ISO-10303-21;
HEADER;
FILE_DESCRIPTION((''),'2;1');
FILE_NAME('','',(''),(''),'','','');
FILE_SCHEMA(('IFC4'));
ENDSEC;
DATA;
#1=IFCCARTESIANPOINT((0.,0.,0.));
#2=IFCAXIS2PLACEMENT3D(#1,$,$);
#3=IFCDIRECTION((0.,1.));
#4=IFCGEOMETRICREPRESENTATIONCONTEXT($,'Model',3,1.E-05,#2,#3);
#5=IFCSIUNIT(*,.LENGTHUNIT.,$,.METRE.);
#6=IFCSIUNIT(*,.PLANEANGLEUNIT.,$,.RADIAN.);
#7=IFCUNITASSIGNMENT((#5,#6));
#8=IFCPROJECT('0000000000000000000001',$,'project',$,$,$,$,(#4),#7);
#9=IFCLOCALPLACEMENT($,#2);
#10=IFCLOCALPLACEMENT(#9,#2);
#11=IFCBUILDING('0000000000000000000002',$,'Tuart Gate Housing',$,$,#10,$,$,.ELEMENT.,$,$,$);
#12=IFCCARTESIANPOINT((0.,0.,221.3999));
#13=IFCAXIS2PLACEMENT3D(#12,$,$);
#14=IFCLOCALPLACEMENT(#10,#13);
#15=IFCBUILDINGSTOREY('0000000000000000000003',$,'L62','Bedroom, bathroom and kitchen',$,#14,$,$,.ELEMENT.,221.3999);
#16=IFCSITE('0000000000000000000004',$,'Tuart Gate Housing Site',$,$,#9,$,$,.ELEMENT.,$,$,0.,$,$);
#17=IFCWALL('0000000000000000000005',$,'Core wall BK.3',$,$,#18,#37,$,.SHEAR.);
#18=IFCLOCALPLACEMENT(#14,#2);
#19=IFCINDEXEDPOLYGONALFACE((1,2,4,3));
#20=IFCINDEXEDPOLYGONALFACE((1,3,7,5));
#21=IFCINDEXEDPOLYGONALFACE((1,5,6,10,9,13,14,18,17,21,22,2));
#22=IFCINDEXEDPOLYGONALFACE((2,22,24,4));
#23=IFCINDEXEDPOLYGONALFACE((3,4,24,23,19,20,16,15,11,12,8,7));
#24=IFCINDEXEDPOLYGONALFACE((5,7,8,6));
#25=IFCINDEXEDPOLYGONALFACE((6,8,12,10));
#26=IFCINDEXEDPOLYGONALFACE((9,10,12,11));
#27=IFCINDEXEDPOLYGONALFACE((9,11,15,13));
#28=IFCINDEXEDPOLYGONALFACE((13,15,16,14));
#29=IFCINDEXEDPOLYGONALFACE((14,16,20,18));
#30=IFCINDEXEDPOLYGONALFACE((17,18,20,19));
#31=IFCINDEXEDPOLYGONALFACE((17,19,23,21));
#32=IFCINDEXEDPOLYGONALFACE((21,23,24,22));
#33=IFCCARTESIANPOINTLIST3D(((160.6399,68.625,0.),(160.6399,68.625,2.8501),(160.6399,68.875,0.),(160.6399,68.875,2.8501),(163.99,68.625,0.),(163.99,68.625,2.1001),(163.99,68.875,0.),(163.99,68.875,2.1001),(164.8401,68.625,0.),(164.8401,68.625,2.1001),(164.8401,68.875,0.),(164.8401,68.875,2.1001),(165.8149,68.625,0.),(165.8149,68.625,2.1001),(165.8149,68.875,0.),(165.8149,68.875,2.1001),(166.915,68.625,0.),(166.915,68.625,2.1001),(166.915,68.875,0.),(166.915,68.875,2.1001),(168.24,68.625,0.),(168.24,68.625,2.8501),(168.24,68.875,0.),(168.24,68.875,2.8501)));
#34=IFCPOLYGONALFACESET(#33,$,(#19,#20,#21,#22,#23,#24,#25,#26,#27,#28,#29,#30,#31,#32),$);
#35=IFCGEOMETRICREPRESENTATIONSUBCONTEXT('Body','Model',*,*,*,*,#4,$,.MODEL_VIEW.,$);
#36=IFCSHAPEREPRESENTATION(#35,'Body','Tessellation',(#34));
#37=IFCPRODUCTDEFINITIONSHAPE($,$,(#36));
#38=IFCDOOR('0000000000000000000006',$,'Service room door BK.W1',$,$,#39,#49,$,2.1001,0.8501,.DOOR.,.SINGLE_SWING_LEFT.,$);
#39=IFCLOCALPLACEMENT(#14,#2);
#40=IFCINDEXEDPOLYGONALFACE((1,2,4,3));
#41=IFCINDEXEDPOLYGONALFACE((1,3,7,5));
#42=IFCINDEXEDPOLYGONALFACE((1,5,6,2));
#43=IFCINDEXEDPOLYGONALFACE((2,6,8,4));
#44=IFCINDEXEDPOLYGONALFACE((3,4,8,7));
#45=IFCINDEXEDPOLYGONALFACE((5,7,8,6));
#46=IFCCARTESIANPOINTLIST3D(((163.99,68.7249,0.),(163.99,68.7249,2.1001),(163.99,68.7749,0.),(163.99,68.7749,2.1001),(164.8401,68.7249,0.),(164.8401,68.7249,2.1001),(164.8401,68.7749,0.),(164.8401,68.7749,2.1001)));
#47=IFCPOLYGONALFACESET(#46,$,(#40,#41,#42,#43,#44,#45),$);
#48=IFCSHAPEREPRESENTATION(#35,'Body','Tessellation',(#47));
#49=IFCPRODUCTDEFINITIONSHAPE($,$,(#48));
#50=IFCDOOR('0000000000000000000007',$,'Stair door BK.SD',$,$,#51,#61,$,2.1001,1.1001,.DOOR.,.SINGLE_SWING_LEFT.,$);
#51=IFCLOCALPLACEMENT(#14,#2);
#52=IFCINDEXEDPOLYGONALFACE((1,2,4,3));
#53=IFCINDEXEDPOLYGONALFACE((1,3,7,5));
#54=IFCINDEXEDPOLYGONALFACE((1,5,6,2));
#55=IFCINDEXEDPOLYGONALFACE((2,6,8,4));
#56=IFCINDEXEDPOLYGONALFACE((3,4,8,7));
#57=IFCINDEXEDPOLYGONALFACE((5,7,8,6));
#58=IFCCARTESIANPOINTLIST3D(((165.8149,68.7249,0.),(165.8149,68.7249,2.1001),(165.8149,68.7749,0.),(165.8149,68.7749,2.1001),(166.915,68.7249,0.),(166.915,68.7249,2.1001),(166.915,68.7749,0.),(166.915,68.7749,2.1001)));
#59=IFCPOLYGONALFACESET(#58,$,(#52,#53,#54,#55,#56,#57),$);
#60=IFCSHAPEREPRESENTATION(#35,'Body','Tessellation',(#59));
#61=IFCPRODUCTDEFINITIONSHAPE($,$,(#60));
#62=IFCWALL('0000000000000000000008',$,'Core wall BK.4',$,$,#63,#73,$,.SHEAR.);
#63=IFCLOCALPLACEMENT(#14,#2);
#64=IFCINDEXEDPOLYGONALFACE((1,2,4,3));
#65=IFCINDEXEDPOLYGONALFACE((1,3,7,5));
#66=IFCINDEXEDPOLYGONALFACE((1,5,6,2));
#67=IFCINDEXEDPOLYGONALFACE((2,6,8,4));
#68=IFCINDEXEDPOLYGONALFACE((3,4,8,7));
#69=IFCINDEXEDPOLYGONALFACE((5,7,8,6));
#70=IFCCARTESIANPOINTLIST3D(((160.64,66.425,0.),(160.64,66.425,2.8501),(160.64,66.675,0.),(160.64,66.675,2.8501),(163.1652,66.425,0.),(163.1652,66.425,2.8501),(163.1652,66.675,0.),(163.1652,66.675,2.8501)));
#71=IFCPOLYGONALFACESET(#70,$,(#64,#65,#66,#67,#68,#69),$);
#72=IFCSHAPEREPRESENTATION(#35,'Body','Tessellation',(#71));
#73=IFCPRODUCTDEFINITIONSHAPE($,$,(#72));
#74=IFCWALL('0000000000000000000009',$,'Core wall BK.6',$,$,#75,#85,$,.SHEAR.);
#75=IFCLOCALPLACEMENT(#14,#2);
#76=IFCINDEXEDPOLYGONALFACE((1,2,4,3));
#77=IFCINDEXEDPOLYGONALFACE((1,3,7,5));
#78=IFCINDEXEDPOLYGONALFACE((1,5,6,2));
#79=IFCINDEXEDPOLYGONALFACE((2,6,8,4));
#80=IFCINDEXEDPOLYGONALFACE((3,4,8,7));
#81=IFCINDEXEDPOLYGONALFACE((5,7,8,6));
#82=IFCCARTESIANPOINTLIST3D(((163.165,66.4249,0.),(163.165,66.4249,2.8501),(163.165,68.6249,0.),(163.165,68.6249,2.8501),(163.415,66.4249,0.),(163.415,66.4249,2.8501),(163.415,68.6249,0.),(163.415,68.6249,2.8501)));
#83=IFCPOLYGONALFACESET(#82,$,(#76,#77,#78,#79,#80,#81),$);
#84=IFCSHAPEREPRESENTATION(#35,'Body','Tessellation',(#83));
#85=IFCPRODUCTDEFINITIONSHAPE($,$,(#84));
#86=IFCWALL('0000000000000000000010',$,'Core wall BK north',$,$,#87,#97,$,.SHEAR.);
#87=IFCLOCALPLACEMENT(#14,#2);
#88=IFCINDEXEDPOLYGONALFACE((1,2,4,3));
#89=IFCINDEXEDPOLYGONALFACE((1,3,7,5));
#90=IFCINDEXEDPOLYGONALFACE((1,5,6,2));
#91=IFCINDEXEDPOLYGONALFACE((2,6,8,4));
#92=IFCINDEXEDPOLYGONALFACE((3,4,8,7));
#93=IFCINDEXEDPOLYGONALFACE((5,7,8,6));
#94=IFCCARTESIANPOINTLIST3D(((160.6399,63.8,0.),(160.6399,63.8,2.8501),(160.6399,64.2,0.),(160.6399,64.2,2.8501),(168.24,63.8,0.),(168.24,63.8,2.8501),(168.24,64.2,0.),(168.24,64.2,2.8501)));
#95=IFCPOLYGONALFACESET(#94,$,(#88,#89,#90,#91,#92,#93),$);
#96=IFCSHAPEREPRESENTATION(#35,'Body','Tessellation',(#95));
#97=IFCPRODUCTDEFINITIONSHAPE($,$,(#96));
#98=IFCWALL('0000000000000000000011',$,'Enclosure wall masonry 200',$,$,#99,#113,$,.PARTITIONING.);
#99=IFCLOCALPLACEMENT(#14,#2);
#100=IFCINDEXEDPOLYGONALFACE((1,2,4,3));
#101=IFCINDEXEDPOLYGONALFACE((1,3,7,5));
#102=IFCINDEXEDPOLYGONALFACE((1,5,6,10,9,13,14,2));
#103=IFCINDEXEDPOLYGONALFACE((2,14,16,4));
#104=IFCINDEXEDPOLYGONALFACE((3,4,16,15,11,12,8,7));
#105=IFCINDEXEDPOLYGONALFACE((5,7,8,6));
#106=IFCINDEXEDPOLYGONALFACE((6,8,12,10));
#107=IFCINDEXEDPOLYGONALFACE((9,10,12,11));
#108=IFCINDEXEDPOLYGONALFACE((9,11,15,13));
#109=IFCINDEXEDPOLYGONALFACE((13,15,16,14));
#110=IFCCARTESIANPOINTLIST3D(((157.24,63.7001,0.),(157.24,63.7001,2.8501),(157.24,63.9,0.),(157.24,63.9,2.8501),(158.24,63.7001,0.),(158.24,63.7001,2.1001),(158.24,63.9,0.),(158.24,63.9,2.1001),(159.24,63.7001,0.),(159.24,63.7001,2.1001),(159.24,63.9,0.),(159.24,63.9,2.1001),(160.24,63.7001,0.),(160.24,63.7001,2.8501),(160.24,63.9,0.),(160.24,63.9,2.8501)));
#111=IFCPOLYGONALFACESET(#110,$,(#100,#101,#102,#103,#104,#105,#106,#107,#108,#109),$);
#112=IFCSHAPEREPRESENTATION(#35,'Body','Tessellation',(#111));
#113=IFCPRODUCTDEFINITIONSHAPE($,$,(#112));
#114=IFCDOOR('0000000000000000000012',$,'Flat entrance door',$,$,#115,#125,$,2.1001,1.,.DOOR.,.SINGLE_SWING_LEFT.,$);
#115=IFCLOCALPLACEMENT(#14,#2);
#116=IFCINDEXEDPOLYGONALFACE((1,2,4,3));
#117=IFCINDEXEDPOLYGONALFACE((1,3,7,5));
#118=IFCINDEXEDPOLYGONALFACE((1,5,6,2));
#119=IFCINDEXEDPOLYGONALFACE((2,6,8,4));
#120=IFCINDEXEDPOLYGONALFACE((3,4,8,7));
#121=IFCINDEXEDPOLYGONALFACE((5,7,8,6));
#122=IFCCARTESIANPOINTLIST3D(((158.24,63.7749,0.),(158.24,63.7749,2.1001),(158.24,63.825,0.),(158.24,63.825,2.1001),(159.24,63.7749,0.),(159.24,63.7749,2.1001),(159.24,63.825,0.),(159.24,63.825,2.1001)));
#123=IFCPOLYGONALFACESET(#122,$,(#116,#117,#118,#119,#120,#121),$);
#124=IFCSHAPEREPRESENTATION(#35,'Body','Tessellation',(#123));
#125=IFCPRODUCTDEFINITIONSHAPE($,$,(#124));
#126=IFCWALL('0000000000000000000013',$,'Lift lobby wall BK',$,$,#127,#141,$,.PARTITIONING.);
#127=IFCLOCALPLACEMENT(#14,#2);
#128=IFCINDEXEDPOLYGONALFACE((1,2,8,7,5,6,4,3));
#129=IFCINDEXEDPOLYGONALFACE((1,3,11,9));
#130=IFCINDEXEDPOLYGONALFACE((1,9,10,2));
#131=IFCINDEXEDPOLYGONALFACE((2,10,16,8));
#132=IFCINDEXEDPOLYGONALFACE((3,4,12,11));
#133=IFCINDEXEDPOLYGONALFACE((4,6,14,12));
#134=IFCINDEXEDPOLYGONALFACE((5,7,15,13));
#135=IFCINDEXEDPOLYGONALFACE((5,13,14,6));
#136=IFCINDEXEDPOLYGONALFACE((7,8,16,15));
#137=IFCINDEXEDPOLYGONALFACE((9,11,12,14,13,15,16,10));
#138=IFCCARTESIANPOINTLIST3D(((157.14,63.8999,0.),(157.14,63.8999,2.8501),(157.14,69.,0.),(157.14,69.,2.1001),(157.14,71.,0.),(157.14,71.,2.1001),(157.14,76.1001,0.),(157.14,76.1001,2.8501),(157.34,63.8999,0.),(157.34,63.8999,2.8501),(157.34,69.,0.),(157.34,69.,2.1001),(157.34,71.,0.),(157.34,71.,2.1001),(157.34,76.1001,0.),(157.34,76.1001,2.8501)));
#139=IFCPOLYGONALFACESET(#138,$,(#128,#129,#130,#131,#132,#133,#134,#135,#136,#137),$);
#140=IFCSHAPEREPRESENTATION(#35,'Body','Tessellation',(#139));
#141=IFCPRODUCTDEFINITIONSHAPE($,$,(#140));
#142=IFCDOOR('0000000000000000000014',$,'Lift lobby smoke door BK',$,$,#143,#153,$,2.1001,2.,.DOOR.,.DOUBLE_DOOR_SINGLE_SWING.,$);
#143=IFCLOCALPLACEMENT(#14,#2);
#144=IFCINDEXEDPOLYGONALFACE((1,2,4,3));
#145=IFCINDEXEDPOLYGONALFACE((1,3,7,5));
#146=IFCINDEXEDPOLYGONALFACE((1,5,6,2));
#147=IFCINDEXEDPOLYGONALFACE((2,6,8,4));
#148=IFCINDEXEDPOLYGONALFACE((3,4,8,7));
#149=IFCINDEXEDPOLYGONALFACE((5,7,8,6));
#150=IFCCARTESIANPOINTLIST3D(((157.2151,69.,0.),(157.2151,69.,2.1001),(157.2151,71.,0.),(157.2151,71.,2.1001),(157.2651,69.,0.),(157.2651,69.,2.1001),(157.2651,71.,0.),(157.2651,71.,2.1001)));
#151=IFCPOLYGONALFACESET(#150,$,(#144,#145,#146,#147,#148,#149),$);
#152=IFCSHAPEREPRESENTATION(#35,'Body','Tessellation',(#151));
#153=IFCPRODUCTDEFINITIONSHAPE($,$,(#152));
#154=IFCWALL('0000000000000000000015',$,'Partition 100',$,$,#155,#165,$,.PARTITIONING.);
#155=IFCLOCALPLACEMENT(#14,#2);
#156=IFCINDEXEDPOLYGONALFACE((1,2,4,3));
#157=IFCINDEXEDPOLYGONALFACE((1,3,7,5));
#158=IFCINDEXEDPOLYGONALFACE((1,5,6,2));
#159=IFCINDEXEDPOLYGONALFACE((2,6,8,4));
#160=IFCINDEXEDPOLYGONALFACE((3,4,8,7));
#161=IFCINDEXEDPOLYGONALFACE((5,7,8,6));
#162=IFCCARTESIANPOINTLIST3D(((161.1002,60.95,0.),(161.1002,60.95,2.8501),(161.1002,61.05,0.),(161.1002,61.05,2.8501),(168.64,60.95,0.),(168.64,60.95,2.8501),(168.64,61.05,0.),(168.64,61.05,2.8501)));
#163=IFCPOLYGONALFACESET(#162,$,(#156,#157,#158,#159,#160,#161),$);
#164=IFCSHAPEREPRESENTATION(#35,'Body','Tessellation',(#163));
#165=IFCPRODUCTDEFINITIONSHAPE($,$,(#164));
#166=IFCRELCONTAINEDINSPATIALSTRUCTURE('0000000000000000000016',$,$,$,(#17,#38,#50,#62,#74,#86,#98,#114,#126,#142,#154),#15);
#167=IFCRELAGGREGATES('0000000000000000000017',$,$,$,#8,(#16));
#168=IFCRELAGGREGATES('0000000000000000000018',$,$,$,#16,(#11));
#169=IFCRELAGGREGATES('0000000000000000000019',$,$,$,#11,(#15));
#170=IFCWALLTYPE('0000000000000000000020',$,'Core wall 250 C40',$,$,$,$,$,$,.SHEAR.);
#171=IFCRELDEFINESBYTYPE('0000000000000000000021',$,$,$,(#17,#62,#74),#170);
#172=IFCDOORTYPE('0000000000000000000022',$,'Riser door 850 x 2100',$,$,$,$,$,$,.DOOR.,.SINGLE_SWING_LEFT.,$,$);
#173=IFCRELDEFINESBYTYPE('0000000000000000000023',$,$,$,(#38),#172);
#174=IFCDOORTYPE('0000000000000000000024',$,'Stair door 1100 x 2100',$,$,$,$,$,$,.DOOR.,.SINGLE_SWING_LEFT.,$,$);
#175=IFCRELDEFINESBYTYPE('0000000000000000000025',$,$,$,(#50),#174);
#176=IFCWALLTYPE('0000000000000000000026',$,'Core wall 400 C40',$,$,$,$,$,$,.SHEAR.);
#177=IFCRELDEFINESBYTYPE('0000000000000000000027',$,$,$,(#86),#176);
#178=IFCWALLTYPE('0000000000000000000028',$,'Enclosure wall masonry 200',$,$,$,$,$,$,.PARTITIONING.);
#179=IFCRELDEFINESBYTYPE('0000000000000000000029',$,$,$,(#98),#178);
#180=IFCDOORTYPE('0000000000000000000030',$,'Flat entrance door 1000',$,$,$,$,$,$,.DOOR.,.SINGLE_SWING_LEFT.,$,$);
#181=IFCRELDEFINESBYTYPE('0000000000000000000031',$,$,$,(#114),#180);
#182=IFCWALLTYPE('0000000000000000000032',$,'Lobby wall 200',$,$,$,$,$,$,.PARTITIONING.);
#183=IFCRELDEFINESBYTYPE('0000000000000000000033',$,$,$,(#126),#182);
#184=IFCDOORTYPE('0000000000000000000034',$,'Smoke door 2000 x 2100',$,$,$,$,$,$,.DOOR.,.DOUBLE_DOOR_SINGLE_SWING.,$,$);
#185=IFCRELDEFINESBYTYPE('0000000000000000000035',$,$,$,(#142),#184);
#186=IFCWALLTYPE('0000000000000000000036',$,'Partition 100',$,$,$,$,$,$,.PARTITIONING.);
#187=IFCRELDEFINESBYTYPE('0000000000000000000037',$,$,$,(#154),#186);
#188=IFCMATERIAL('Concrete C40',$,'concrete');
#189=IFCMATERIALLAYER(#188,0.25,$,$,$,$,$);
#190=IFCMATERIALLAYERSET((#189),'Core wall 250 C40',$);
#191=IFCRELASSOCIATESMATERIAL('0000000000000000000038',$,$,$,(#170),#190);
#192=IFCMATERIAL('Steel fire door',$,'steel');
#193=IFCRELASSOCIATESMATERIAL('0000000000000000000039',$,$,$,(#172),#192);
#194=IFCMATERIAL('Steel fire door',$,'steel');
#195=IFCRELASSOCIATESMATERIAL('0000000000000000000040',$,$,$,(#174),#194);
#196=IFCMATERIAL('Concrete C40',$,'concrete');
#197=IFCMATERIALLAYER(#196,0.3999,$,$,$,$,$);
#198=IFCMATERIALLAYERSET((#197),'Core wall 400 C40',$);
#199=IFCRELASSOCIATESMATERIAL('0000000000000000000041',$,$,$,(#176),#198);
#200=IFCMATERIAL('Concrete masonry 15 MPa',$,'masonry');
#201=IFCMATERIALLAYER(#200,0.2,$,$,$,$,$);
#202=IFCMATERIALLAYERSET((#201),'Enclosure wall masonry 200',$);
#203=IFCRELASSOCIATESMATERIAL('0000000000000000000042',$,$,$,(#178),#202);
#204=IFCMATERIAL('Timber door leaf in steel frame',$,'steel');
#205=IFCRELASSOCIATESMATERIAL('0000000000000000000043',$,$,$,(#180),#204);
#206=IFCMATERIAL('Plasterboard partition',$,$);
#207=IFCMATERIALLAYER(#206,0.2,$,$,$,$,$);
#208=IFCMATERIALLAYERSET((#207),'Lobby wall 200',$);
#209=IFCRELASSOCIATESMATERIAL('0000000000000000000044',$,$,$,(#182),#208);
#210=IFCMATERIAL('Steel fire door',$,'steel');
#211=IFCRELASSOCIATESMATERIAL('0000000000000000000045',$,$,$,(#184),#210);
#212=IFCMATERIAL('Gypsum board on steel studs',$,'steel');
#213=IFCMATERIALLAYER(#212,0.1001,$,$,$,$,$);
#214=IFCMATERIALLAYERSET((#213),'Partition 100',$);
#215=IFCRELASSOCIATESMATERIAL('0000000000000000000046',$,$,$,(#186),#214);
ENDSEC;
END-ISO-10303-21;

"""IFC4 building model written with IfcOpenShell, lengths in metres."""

from ifc_helpers import new_model, si_unit, direction, frame, frame_2d, origin, place, context, subcontext, project, spatial, rectangle, extrude, material, layer, layer_set, type_object, element, fill, save


model = new_model("IFC4")

# Units and contexts
model_context = context("Model", 3, precision=1e-05, world=origin(), true_north=direction((0.0, 1.0)))
body_context = subcontext(model_context, "Body", "Model", "MODEL_VIEW")
ifc_project = project(units=[si_unit("LENGTHUNIT", "METRE"), si_unit("PLANEANGLEUNIT", "RADIAN")], contexts=[model_context])

# Site, building, storey
site_placement = place(None, origin())
site = spatial("IfcSite", under=ifc_project, at=site_placement, Name="Tuart Gate Housing Site", CompositionType="ELEMENT", RefElevation=0.0)
building_placement = place(site_placement, origin())
building = spatial("IfcBuilding", under=site, at=building_placement, Name="Tuart Gate Housing", CompositionType="ELEMENT")
storey_placement = place(building_placement, frame((0.0, 0.0, 221.3999)))
storey = spatial("IfcBuildingStorey", under=building, at=storey_placement, Name="L62", Description="Bedroom, bathroom and kitchen", CompositionType="ELEMENT", Elevation=221.3999)

# Wall, openings, doors
ifc_material_1 = material(Name="Concrete C40", Category="concrete")
ifc_layer_1 = layer(ifc_material_1, 0.25)
ifc_layer_set_1 = layer_set([ifc_layer_1], Name="Core wall 250 C40")
wall_type_1 = type_object("IfcWallType", Name="Core wall 250 C40", PredefinedType="SHEAR", material=ifc_layer_set_1)
wall_1_placement = place(storey_placement, frame((160.6399, 68.75, 0.0), z_axis=(0.0, 0.0, 1.0), x_axis=(1.0, 0.0, 0.0)))
wall_1 = element("IfcWall", 1, at=wall_1_placement, inside=storey, type_object=wall_type_1, Name="Core wall BK.3", PredefinedType="SHEAR", context=body_context, shape_type="SweptSolid", body=[
    extrude(rectangle(XDim=7.6001, YDim=0.25, at=frame_2d((3.8, 0.0))), origin(), (0.0, 0.0, 1.0), 2.8501),
])
opening_1_placement = place(wall_1_placement, frame((5.175, 0.0, 0.0)))
opening_1 = element("IfcOpeningElement", 2, at=opening_1_placement, cuts=wall_1, PredefinedType="OPENING", context=body_context, shape_type="SweptSolid", body=[
    extrude(rectangle(XDim=1.1001, YDim=2.1001, at=frame_2d((0.55, 1.05))), frame((0.0, 0.135, 0.0), z_axis=(0.0, -1.0, 0.0), x_axis=(1.0, 0.0, 0.0)), (0.0, 0.0, 1.0), 0.27),
])
opening_2_placement = place(wall_1_placement, frame((3.3501, 0.0, 0.0)))
opening_2 = element("IfcOpeningElement", 3, at=opening_2_placement, cuts=wall_1, PredefinedType="OPENING", context=body_context, shape_type="SweptSolid", body=[
    extrude(rectangle(XDim=0.8501, YDim=2.1001, at=frame_2d((0.425, 1.05))), frame((0.0, 0.135, 0.0), z_axis=(0.0, -1.0, 0.0), x_axis=(1.0, 0.0, 0.0)), (0.0, 0.0, 1.0), 0.27),
])
ifc_material_2 = material(Name="Steel fire door", Category="steel")
door_type_1 = type_object("IfcDoorType", Name="Riser door 850 x 2100", OperationType="SINGLE_SWING_LEFT", PredefinedType="DOOR", material=ifc_material_2)
door_1_placement = place(opening_2_placement, origin())
door_1 = element("IfcDoor", 4, at=door_1_placement, inside=storey, type_object=door_type_1, Name="Service room door BK.W1", OperationType="SINGLE_SWING_LEFT", OverallHeight=2.1001, OverallWidth=0.8501, PredefinedType="DOOR", context=body_context, shape_type="SweptSolid", body=[
    extrude(rectangle(XDim=0.8501, YDim=2.1001, at=frame_2d((0.425, 1.05))), frame((0.0, 0.0249, 0.0), z_axis=(0.0, -1.0, 0.0), x_axis=(1.0, 0.0, 0.0)), (0.0, 0.0, 1.0), 0.05),
])
fill(opening_2, door_1)
ifc_material_3 = material(Name="Steel fire door", Category="steel")
door_type_2 = type_object("IfcDoorType", Name="Stair door 1100 x 2100", OperationType="SINGLE_SWING_LEFT", PredefinedType="DOOR", material=ifc_material_3)
door_2_placement = place(opening_1_placement, origin())
door_2 = element("IfcDoor", 5, at=door_2_placement, inside=storey, type_object=door_type_2, Name="Stair door BK.SD", OperationType="SINGLE_SWING_LEFT", OverallHeight=2.1001, OverallWidth=1.1001, PredefinedType="DOOR", context=body_context, shape_type="SweptSolid", body=[
    extrude(rectangle(XDim=1.1001, YDim=2.1001, at=frame_2d((0.55, 1.05))), frame((0.0, 0.0249, 0.0), z_axis=(0.0, -1.0, 0.0), x_axis=(1.0, 0.0, 0.0)), (0.0, 0.0, 1.0), 0.05),
])
fill(opening_1, door_2)

# Walls
wall_2_placement = place(storey_placement, frame((160.6399, 66.55, 0.0), z_axis=(0.0, 0.0, 1.0), x_axis=(1.0, 0.0, 0.0)))
element("IfcWall", 6, at=wall_2_placement, inside=storey, type_object=wall_type_1, Name="Core wall BK.4", PredefinedType="SHEAR", context=body_context, shape_type="SweptSolid", body=[
    extrude(rectangle(XDim=2.5251, YDim=0.25, at=frame_2d((1.2627, 0.0))), origin(), (0.0, 0.0, 1.0), 2.8501),
])
wall_3_placement = place(storey_placement, frame((163.29, 68.625, 0.0), z_axis=(0.0, 0.0, 1.0), x_axis=(0.0, -1.0, 0.0)))
element("IfcWall", 7, at=wall_3_placement, inside=storey, type_object=wall_type_1, Name="Core wall BK.6", PredefinedType="SHEAR", context=body_context, shape_type="SweptSolid", body=[
    extrude(rectangle(XDim=2.2, YDim=0.25, at=frame_2d((1.1001, 0.0))), origin(), (0.0, 0.0, 1.0), 2.8501),
])
ifc_material_4 = material(Name="Concrete C40", Category="concrete")
ifc_layer_2 = layer(ifc_material_4, 0.3999)
ifc_layer_set_2 = layer_set([ifc_layer_2], Name="Core wall 400 C40")
wall_type_2 = type_object("IfcWallType", Name="Core wall 400 C40", PredefinedType="SHEAR", material=ifc_layer_set_2)
wall_4_placement = place(storey_placement, frame((160.6399, 64.0, 0.0), z_axis=(0.0, 0.0, 1.0), x_axis=(1.0, 0.0, 0.0)))
element("IfcWall", 8, at=wall_4_placement, inside=storey, type_object=wall_type_2, Name="Core wall BK north", PredefinedType="SHEAR", context=body_context, shape_type="SweptSolid", body=[
    extrude(rectangle(XDim=7.6001, YDim=0.3999, at=frame_2d((3.8, 0.0))), origin(), (0.0, 0.0, 1.0), 2.8501),
])

# Walls, openings, doors
ifc_material_5 = material(Name="Concrete masonry 15 MPa", Category="masonry")
ifc_layer_3 = layer(ifc_material_5, 0.2)
ifc_layer_set_3 = layer_set([ifc_layer_3], Name="Enclosure wall masonry 200")
wall_type_3 = type_object("IfcWallType", Name="Enclosure wall masonry 200", PredefinedType="PARTITIONING", material=ifc_layer_set_3)
wall_5_placement = place(storey_placement, frame((157.24, 63.8, 0.0), z_axis=(0.0, 0.0, 1.0), x_axis=(1.0, 0.0, 0.0)))
wall_5 = element("IfcWall", 9, at=wall_5_placement, inside=storey, type_object=wall_type_3, Name="Enclosure wall masonry 200", PredefinedType="PARTITIONING", context=body_context, shape_type="SweptSolid", body=[
    extrude(rectangle(XDim=3.0, YDim=0.2, at=frame_2d((1.5, 0.0))), origin(), (0.0, 0.0, 1.0), 2.8501),
])
opening_3_placement = place(wall_5_placement, frame((1.0, 0.0, 0.0)))
opening_3 = element("IfcOpeningElement", 10, at=opening_3_placement, cuts=wall_5, PredefinedType="OPENING", context=body_context, shape_type="SweptSolid", body=[
    extrude(rectangle(XDim=1.0, YDim=2.1001, at=frame_2d((0.5, 1.05))), frame((0.0, 0.1099, 0.0), z_axis=(0.0, -1.0, 0.0), x_axis=(1.0, 0.0, 0.0)), (0.0, 0.0, 1.0), 0.22),
])
ifc_material_6 = material(Name="Timber door leaf in steel frame", Category="steel")
door_type_3 = type_object("IfcDoorType", Name="Flat entrance door 1000", OperationType="SINGLE_SWING_LEFT", PredefinedType="DOOR", material=ifc_material_6)
door_3_placement = place(opening_3_placement, frame((1.0, 0.0, 0.0), z_axis=(0.0, 0.0, 1.0), x_axis=(-1.0, 0.0, 0.0)))
door_3 = element("IfcDoor", 11, at=door_3_placement, inside=storey, type_object=door_type_3, Name="Flat entrance door", OperationType="SINGLE_SWING_LEFT", OverallHeight=2.1001, OverallWidth=1.0, PredefinedType="DOOR", context=body_context, shape_type="SweptSolid", body=[
    extrude(rectangle(XDim=1.0, YDim=2.1001, at=frame_2d((0.5, 1.05))), frame((0.0, 0.0251, 0.0), z_axis=(0.0, -1.0, 0.0), x_axis=(1.0, 0.0, 0.0)), (0.0, 0.0, 1.0), 0.05),
])
fill(opening_3, door_3)
ifc_material_7 = material(Name="Plasterboard partition")
ifc_layer_4 = layer(ifc_material_7, 0.2)
ifc_layer_set_4 = layer_set([ifc_layer_4], Name="Lobby wall 200")
wall_type_4 = type_object("IfcWallType", Name="Lobby wall 200", PredefinedType="PARTITIONING", material=ifc_layer_set_4)
wall_6_placement = place(storey_placement, frame((157.24, 63.8999, 0.0), z_axis=(0.0, 0.0, 1.0), x_axis=(0.0, 1.0, 0.0)))
wall_6 = element("IfcWall", 12, at=wall_6_placement, inside=storey, type_object=wall_type_4, Name="Lift lobby wall BK", PredefinedType="PARTITIONING", context=body_context, shape_type="SweptSolid", body=[
    extrude(rectangle(XDim=12.2002, YDim=0.2, at=frame_2d((6.1001, 0.0))), origin(), (0.0, 0.0, 1.0), 2.8501),
])
opening_4_placement = place(wall_6_placement, frame((5.1001, 0.0, 0.0)))
opening_4 = element("IfcOpeningElement", 13, at=opening_4_placement, cuts=wall_6, PredefinedType="OPENING", context=body_context, shape_type="SweptSolid", body=[
    extrude(rectangle(XDim=2.0, YDim=2.1001, at=frame_2d((1.0, 1.05))), frame((0.0, 0.1099, 0.0), z_axis=(0.0, -1.0, 0.0), x_axis=(1.0, 0.0, 0.0)), (0.0, 0.0, 1.0), 0.22),
])
ifc_material_8 = material(Name="Steel fire door", Category="steel")
door_type_4 = type_object("IfcDoorType", Name="Smoke door 2000 x 2100", OperationType="DOUBLE_DOOR_SINGLE_SWING", PredefinedType="DOOR", material=ifc_material_8)
door_4_placement = place(opening_4_placement, frame((2.0, 0.0, 0.0), z_axis=(0.0, 0.0, 1.0), x_axis=(-1.0, 0.0, 0.0)))
door_4 = element("IfcDoor", 14, at=door_4_placement, inside=storey, type_object=door_type_4, Name="Lift lobby smoke door BK", OperationType="DOUBLE_DOOR_SINGLE_SWING", OverallHeight=2.1001, OverallWidth=2.0, PredefinedType="DOOR", context=body_context, shape_type="SweptSolid", body=[
    extrude(rectangle(XDim=2.0, YDim=2.1001, at=frame_2d((1.0, 1.05))), frame((0.0, 0.0251, 0.0), z_axis=(0.0, -1.0, 0.0), x_axis=(1.0, 0.0, 0.0)), (0.0, 0.0, 1.0), 0.05),
])
fill(opening_4, door_4)

# Wall
ifc_material_9 = material(Name="Gypsum board on steel studs", Category="steel")
ifc_layer_5 = layer(ifc_material_9, 0.1001)
ifc_layer_set_5 = layer_set([ifc_layer_5], Name="Partition 100")
wall_type_5 = type_object("IfcWallType", Name="Partition 100", PredefinedType="PARTITIONING", material=ifc_layer_set_5)
wall_7_placement = place(storey_placement, frame((161.1001, 61.0, 0.0), z_axis=(0.0, 0.0, 1.0), x_axis=(1.0, 0.0, 0.0)))
element("IfcWall", 15, at=wall_7_placement, inside=storey, type_object=wall_type_5, Name="Partition 100", PredefinedType="PARTITIONING", context=body_context, shape_type="SweptSolid", body=[
    extrude(rectangle(XDim=7.5398, YDim=0.1001, at=frame_2d((3.77, 0.0))), origin(), (0.0, 0.0, 1.0), 2.8501),
])

save(model, "model.ifc")
